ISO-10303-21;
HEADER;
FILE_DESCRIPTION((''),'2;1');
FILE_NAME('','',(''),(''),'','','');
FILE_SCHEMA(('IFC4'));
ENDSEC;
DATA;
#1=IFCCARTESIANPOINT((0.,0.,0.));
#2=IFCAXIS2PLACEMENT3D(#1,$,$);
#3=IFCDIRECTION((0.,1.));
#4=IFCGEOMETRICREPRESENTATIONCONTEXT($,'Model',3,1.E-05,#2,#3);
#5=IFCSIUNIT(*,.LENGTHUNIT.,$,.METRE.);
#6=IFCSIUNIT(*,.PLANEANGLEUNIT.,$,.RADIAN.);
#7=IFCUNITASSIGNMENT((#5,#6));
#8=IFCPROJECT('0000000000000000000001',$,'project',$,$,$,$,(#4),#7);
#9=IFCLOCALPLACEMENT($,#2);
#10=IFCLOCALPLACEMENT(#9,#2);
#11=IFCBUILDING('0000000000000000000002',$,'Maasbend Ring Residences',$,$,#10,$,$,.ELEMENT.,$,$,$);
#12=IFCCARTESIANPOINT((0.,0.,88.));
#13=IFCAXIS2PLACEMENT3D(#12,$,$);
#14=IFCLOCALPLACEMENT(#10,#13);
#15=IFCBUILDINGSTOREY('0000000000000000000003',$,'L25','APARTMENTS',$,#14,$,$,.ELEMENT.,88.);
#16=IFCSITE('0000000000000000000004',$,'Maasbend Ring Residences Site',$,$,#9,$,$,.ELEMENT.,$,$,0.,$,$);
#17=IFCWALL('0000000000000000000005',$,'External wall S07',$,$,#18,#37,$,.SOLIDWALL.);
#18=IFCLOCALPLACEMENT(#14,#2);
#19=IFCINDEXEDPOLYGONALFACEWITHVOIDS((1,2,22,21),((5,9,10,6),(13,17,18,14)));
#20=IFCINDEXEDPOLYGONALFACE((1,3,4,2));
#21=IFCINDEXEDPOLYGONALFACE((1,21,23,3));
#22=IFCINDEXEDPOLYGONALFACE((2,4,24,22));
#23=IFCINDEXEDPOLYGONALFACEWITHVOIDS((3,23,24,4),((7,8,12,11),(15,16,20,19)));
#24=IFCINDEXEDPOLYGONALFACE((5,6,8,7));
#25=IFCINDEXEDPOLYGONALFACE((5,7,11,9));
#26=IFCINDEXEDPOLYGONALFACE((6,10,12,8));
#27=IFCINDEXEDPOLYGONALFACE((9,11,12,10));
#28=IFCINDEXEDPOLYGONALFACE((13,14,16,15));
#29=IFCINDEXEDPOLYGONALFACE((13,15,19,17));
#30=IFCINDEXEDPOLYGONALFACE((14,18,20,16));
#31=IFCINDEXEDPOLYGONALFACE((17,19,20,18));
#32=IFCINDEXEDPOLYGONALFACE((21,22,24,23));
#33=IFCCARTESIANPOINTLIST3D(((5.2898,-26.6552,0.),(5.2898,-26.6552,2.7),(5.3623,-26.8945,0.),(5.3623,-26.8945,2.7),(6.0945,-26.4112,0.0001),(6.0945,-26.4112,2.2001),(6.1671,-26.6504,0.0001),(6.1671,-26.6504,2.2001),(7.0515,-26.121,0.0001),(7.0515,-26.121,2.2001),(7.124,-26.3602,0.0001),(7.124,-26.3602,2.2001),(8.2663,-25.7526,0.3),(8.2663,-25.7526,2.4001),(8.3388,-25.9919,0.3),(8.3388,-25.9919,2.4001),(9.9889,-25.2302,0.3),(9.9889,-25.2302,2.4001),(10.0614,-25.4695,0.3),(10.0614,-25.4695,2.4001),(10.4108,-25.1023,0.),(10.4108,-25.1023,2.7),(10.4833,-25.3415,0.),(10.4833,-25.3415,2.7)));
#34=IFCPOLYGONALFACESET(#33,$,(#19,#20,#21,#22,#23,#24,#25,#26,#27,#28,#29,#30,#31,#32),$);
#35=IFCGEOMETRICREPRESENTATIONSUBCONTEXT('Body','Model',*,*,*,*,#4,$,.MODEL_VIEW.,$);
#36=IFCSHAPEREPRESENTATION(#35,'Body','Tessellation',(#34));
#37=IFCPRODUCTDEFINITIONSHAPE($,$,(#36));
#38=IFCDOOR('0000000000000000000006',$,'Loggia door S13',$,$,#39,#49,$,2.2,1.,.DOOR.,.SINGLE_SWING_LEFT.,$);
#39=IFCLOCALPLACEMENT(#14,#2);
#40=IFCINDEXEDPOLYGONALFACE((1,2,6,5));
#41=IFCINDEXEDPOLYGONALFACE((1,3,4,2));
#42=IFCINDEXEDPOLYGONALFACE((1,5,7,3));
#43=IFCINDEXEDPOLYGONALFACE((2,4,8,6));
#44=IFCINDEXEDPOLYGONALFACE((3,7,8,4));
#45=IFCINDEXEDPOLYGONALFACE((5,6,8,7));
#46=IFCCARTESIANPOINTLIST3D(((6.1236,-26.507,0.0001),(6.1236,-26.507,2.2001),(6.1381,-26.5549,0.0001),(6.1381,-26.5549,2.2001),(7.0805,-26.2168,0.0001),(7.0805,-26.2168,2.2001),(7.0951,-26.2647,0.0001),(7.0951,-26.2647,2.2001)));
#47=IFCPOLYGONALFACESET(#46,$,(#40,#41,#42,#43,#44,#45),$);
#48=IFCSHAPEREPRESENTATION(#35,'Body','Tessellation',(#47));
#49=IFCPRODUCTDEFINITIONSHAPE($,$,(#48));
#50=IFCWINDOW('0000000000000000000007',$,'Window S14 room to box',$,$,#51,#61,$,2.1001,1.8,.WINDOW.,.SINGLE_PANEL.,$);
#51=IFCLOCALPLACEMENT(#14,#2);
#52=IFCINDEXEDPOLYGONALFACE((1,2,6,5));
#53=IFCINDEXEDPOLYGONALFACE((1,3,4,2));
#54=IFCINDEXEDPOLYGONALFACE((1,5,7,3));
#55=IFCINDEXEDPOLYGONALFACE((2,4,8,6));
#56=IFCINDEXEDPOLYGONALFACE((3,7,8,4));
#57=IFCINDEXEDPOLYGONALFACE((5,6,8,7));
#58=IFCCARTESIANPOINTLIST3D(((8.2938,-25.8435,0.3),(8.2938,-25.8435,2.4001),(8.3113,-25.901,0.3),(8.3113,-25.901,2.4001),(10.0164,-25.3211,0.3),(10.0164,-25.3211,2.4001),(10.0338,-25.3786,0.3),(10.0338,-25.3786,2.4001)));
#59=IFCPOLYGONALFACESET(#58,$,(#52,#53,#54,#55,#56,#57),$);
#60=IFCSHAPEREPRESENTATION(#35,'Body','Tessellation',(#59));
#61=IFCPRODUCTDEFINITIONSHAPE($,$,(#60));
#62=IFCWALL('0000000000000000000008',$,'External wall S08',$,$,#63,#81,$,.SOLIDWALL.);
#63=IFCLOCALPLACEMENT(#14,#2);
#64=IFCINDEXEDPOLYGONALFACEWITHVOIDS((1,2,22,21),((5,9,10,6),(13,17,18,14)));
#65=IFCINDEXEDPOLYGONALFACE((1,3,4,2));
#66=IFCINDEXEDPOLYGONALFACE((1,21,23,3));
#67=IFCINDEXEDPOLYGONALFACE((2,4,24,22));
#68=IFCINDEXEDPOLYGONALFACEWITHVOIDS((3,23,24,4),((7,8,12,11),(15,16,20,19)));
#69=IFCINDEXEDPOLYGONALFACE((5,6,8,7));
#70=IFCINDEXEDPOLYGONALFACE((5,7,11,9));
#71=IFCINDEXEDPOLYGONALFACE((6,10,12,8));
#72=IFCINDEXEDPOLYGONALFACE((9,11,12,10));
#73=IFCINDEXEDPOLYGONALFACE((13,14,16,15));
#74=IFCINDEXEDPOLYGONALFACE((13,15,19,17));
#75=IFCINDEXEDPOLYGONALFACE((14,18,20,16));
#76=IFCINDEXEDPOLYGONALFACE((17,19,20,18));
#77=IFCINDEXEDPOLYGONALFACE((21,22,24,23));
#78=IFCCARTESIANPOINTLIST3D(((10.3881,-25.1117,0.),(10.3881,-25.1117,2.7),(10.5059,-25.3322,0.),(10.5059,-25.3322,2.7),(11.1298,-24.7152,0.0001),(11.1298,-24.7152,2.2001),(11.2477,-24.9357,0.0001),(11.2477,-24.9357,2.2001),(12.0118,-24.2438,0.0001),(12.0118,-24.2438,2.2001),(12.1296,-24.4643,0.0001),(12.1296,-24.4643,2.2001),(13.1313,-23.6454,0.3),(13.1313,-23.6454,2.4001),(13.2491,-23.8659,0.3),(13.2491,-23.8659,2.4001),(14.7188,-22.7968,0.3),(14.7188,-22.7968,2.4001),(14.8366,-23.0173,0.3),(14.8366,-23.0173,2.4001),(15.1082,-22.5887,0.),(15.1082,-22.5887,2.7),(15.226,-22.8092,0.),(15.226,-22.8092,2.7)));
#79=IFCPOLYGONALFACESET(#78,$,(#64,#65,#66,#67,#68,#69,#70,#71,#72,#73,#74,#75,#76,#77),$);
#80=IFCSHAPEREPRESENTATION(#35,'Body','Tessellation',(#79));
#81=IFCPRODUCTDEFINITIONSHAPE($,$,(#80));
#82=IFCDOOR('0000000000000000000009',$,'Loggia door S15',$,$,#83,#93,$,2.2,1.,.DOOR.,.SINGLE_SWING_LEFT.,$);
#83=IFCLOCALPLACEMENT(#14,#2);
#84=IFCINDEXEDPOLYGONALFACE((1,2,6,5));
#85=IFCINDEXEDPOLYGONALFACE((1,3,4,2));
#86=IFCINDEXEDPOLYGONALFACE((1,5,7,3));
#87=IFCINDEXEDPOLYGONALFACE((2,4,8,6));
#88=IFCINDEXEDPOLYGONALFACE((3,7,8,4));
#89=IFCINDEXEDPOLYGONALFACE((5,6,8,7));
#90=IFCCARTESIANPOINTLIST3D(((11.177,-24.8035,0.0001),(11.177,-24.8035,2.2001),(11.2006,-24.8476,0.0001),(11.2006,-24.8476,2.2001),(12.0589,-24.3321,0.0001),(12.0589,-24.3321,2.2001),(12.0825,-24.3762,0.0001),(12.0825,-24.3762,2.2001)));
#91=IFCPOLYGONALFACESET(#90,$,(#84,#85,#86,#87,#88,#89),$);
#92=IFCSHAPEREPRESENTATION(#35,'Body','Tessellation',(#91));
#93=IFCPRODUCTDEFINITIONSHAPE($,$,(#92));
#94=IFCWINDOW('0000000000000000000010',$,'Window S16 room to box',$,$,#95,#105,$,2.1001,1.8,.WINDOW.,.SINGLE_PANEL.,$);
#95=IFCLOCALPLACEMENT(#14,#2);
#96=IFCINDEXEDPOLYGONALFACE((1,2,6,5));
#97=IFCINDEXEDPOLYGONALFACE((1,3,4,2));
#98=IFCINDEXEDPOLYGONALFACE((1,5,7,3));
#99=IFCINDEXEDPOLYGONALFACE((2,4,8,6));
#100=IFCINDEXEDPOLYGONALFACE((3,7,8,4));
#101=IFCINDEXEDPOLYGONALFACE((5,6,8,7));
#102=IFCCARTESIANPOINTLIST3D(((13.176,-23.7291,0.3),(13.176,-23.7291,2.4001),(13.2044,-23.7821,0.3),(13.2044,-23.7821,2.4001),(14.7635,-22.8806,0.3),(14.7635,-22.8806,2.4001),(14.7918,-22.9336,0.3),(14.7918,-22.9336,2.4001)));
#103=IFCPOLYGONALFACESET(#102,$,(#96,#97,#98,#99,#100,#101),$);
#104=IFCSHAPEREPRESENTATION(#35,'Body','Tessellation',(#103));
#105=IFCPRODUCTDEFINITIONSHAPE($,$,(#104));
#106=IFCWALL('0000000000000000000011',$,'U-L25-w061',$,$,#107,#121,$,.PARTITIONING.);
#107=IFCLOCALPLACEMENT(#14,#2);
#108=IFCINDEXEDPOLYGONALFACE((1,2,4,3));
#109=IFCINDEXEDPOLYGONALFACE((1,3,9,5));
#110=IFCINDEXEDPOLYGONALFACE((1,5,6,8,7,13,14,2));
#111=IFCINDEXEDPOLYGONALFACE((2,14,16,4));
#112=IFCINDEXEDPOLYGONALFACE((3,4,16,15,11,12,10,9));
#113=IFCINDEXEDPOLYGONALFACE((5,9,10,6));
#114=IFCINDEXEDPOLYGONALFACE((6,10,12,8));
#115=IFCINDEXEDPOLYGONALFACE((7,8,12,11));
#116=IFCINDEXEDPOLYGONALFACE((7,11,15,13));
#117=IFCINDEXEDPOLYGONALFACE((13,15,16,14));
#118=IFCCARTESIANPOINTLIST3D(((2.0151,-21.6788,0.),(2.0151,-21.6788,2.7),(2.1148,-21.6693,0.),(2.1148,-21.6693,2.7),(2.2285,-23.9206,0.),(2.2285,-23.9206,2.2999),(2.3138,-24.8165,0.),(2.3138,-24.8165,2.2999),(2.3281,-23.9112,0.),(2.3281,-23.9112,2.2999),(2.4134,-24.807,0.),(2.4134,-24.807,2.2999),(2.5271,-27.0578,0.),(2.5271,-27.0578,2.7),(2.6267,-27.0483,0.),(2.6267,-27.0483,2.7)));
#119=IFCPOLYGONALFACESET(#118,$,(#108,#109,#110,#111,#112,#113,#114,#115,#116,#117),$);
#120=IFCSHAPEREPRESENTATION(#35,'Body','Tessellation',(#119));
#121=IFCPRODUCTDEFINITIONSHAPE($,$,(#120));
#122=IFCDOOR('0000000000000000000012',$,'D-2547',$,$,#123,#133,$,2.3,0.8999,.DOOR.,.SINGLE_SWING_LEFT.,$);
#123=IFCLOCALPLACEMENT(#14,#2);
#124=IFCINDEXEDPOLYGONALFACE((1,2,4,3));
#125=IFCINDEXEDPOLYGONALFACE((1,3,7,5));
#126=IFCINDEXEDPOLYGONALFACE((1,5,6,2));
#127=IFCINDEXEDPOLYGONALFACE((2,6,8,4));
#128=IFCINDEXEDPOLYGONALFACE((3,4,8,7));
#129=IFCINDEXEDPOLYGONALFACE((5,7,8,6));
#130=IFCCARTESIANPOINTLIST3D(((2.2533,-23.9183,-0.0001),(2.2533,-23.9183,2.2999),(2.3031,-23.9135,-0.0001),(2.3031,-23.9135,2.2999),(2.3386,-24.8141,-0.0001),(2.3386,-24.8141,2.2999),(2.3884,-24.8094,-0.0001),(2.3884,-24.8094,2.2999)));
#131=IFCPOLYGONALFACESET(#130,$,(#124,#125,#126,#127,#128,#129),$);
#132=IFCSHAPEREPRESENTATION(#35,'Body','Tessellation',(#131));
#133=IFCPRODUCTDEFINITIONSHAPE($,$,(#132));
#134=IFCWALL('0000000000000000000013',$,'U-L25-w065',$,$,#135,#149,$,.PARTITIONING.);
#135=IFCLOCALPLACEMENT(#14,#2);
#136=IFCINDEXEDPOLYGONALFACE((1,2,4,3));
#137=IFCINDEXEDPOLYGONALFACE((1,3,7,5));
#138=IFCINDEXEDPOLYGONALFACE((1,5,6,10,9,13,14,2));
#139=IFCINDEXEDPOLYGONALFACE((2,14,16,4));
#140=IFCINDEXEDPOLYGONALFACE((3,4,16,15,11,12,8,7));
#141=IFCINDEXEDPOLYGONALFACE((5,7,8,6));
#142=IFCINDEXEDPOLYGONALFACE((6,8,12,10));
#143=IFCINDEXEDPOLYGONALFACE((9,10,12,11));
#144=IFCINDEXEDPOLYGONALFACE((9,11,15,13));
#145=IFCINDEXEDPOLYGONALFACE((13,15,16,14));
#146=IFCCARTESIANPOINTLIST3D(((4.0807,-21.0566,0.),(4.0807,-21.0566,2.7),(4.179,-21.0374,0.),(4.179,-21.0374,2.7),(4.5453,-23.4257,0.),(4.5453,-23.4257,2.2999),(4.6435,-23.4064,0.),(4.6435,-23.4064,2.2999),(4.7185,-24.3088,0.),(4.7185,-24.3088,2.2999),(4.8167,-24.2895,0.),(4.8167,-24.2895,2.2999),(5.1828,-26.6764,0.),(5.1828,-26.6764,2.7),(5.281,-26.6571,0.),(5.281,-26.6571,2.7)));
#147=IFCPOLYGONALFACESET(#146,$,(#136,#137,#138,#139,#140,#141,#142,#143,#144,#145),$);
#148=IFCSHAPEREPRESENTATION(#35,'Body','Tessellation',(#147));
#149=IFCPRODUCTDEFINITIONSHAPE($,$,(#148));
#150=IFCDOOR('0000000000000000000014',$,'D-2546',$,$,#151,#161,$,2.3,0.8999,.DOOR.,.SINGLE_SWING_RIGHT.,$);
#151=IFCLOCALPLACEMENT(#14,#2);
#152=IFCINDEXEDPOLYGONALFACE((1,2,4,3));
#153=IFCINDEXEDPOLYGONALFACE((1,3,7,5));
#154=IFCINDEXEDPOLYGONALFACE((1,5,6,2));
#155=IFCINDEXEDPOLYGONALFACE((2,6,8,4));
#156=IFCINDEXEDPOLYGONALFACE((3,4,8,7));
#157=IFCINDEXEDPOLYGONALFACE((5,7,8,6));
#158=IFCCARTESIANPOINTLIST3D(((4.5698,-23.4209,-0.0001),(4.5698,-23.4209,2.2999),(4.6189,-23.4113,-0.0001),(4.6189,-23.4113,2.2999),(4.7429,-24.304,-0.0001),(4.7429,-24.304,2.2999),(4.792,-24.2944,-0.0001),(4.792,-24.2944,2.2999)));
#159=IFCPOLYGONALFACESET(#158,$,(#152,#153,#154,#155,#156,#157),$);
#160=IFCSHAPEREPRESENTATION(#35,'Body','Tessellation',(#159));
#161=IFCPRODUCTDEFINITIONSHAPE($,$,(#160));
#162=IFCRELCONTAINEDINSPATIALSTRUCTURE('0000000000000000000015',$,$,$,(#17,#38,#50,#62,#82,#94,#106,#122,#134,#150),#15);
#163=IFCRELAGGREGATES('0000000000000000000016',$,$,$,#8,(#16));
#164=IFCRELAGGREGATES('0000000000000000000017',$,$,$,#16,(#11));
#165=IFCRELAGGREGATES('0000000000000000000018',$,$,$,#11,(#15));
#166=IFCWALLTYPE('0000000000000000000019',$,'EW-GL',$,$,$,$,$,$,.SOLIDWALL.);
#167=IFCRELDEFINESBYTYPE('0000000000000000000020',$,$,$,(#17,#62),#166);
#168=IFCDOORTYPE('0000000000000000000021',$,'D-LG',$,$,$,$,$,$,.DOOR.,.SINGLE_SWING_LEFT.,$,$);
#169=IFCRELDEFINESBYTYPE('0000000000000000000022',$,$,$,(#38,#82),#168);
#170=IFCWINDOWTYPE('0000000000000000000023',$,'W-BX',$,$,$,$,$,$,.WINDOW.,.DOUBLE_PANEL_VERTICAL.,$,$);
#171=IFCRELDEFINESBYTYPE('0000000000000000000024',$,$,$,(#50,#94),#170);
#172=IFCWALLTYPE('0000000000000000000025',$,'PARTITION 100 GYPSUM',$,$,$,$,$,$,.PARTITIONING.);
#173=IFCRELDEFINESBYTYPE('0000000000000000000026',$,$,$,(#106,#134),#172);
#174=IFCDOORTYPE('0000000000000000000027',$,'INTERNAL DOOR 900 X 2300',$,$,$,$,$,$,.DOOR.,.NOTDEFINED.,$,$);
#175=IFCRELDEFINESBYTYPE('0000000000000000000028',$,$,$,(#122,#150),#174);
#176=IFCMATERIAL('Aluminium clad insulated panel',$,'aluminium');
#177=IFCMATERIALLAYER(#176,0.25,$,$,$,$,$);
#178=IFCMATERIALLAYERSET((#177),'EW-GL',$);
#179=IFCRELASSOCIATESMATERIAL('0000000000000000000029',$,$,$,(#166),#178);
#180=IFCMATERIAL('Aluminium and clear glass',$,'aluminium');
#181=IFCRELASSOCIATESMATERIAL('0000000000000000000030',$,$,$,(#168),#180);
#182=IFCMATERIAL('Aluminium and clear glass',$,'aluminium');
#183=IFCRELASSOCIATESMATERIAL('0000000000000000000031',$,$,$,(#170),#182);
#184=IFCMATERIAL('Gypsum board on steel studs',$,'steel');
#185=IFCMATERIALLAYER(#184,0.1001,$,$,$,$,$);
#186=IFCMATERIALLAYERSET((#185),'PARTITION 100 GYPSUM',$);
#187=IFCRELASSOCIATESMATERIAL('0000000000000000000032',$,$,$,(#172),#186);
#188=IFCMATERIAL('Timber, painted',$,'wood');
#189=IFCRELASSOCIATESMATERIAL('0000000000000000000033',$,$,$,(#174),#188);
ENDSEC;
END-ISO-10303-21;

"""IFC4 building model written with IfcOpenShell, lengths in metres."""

from ifc_helpers import new_model, si_unit, direction, frame, frame_2d, origin, place, context, subcontext, project, spatial, rectangle, extrude, material, layer, layer_set, type_object, element, fill, save


model = new_model("IFC4")

# Units and contexts
model_context = context("Model", 3, precision=1e-05, world=origin(), true_north=direction((0.0, 1.0)))
body_context = subcontext(model_context, "Body", "Model", "MODEL_VIEW")
ifc_project = project(units=[si_unit("LENGTHUNIT", "METRE"), si_unit("PLANEANGLEUNIT", "RADIAN")], contexts=[model_context])

# Site, building, storey
site_placement = place(None, origin())
site = spatial("IfcSite", under=ifc_project, at=site_placement, Name="Maasbend Ring Residences Site", CompositionType="ELEMENT", RefElevation=0.0)
building_placement = place(site_placement, origin())
building = spatial("IfcBuilding", under=site, at=building_placement, Name="Maasbend Ring Residences", CompositionType="ELEMENT")
storey_placement = place(building_placement, frame((0.0, 0.0, 88.0)))
storey = spatial("IfcBuildingStorey", under=building, at=storey_placement, Name="L25", Description="APARTMENTS", CompositionType="ELEMENT", Elevation=88.0)

# Walls, openings, doors, windows
ifc_material_1 = material(Name="Aluminium clad insulated panel", Category="aluminium")
ifc_layer_1 = layer(ifc_material_1, 0.25)
ifc_layer_set_1 = layer_set([ifc_layer_1], Name="EW-GL")
wall_type_1 = type_object("IfcWallType", Name="EW-GL", PredefinedType="SOLIDWALL", material=ifc_layer_set_1)
wall_1_placement = place(storey_placement, frame((5.3259, -26.7749, 0.0), z_axis=(0.0, 0.0, 1.0), x_axis=(0.956966, 0.290201, 0.0)))
wall_1 = element("IfcWall", 1, at=wall_1_placement, inside=storey, type_object=wall_type_1, Name="External wall S07", PredefinedType="SOLIDWALL", context=body_context, shape_type="SweptSolid", body=[
    extrude(rectangle(XDim=5.3513, YDim=0.25, at=frame_2d((2.6758, 0.0))), origin(), (0.0, 0.0, 1.0), 2.7),
])
opening_1_placement = place(wall_1_placement, frame((0.8411, 0.0, 0.0)))
opening_1 = element("IfcOpeningElement", 2, at=opening_1_placement, cuts=wall_1, PredefinedType="OPENING", context=body_context, shape_type="SweptSolid", body=[
    extrude(rectangle(XDim=1.0, YDim=2.2, at=frame_2d((0.5, 1.1001))), frame((0.0, 0.135, 0.0), z_axis=(0.0, -1.0, 0.0), x_axis=(1.0, 0.0, 0.0)), (0.0, 0.0, 1.0), 0.27),
])
opening_2_placement = place(wall_1_placement, frame((3.1106, 0.0, 0.3)))
opening_2 = element("IfcOpeningElement", 3, at=opening_2_placement, cuts=wall_1, PredefinedType="OPENING", context=body_context, shape_type="SweptSolid", body=[
    extrude(rectangle(XDim=1.8, YDim=2.1001, at=frame_2d((0.8999, 1.05))), frame((0.0, 0.135, 0.0), z_axis=(0.0, -1.0, 0.0), x_axis=(1.0, 0.0, 0.0)), (0.0, 0.0, 1.0), 0.27),
])
ifc_material_2 = material(Name="Aluminium and clear glass", Category="aluminium")
door_type_1 = type_object("IfcDoorType", Name="D-LG", OperationType="SINGLE_SWING_LEFT", PredefinedType="DOOR", material=ifc_material_2)
door_1_placement = place(opening_1_placement, origin())
door_1 = element("IfcDoor", 4, at=door_1_placement, inside=storey, type_object=door_type_1, Name="Loggia door S13", OperationType="SINGLE_SWING_LEFT", OverallHeight=2.2, OverallWidth=1.0, PredefinedType="DOOR", context=body_context, shape_type="SweptSolid", body=[
    extrude(rectangle(XDim=1.0, YDim=2.2, at=frame_2d((0.5, 1.1001))), frame((0.0, 0.0249, 0.0), z_axis=(0.0, -1.0, 0.0), x_axis=(1.0, 0.0, 0.0)), (0.0, 0.0, 1.0), 0.05),
])
fill(opening_1, door_1)
ifc_material_3 = material(Name="Aluminium and clear glass", Category="aluminium")
window_type_1 = type_object("IfcWindowType", Name="W-BX", PartitioningType="DOUBLE_PANEL_VERTICAL", PredefinedType="WINDOW", material=ifc_material_3)
window_1_placement = place(opening_2_placement, origin())
window_1 = element("IfcWindow", 5, at=window_1_placement, inside=storey, type_object=window_type_1, Name="Window S14 room to box", OverallHeight=2.1001, OverallWidth=1.8, PartitioningType="SINGLE_PANEL", PredefinedType="WINDOW", context=body_context, shape_type="SweptSolid", body=[
    extrude(rectangle(XDim=1.8, YDim=2.1001, at=frame_2d((0.8999, 1.05))), frame((0.0, 0.03, 0.0), z_axis=(0.0, -1.0, 0.0), x_axis=(1.0, 0.0, 0.0)), (0.0, 0.0, 1.0), 0.0601),
])
fill(opening_2, window_1)
wall_2_placement = place(storey_placement, frame((10.447, -25.2219, 0.0), z_axis=(0.0, 0.0, 1.0), x_axis=(0.881916, 0.471407, 0.0)))
wall_2 = element("IfcWall", 6, at=wall_2_placement, inside=storey, type_object=wall_type_1, Name="External wall S08", PredefinedType="SOLIDWALL", context=body_context, shape_type="SweptSolid", body=[
    extrude(rectangle(XDim=5.3521, YDim=0.25, at=frame_2d((2.676, 0.0))), origin(), (0.0, 0.0, 1.0), 2.7),
])
opening_3_placement = place(wall_2_placement, frame((0.8411, 0.0, 0.0)))
opening_3 = element("IfcOpeningElement", 7, at=opening_3_placement, cuts=wall_2, PredefinedType="OPENING", context=body_context, shape_type="SweptSolid", body=[
    extrude(rectangle(XDim=1.0, YDim=2.2, at=frame_2d((0.5, 1.1001))), frame((0.0, 0.135, 0.0), z_axis=(0.0, -1.0, 0.0), x_axis=(1.0, 0.0, 0.0)), (0.0, 0.0, 1.0), 0.27),
])
opening_4_placement = place(wall_2_placement, frame((3.1106, 0.0, 0.3)))
opening_4 = element("IfcOpeningElement", 8, at=opening_4_placement, cuts=wall_2, PredefinedType="OPENING", context=body_context, shape_type="SweptSolid", body=[
    extrude(rectangle(XDim=1.8, YDim=2.1001, at=frame_2d((0.8999, 1.05))), frame((0.0, 0.135, 0.0), z_axis=(0.0, -1.0, 0.0), x_axis=(1.0, 0.0, 0.0)), (0.0, 0.0, 1.0), 0.27),
])
door_2_placement = place(opening_3_placement, origin())
door_2 = element("IfcDoor", 9, at=door_2_placement, inside=storey, type_object=door_type_1, Name="Loggia door S15", OperationType="SINGLE_SWING_LEFT", OverallHeight=2.2, OverallWidth=1.0, PredefinedType="DOOR", context=body_context, shape_type="SweptSolid", body=[
    extrude(rectangle(XDim=1.0, YDim=2.2, at=frame_2d((0.5, 1.1001))), frame((0.0, 0.0249, 0.0), z_axis=(0.0, -1.0, 0.0), x_axis=(1.0, 0.0, 0.0)), (0.0, 0.0, 1.0), 0.05),
])
fill(opening_3, door_2)
window_2_placement = place(opening_4_placement, origin())
window_2 = element("IfcWindow", 10, at=window_2_placement, inside=storey, type_object=window_type_1, Name="Window S16 room to box", OverallHeight=2.1001, OverallWidth=1.8, PartitioningType="SINGLE_PANEL", PredefinedType="WINDOW", context=body_context, shape_type="SweptSolid", body=[
    extrude(rectangle(XDim=1.8, YDim=2.1001, at=frame_2d((0.8999, 1.05))), frame((0.0, 0.03, 0.0), z_axis=(0.0, -1.0, 0.0), x_axis=(1.0, 0.0, 0.0)), (0.0, 0.0, 1.0), 0.0601),
])
fill(opening_4, window_2)

# Walls, openings, doors
ifc_material_4 = material(Name="Gypsum board on steel studs", Category="steel")
ifc_layer_2 = layer(ifc_material_4, 0.1001)
ifc_layer_set_2 = layer_set([ifc_layer_2], Name="PARTITION 100 GYPSUM")
wall_type_2 = type_object("IfcWallType", Name="PARTITION 100 GYPSUM", PredefinedType="PARTITIONING", material=ifc_layer_set_2)
wall_3_placement = place(storey_placement, frame((2.0649, -21.6741, 0.0), z_axis=(0.0, 0.0, 1.0), x_axis=(0.094752, -0.995501, 0.0)))
wall_3 = element("IfcWall", 11, at=wall_3_placement, inside=storey, type_object=wall_type_2, Name="U-L25-w061", PredefinedType="PARTITIONING", context=body_context, shape_type="SweptSolid", body=[
    extrude(rectangle(XDim=5.4033, YDim=0.1001, at=frame_2d((2.7017, 0.0))), origin(), (0.0, 0.0, 1.0), 2.7),
])
opening_5_placement = place(wall_3_placement, frame((2.252, 0.0, 0.0)))
opening_5 = element("IfcOpeningElement", 12, at=opening_5_placement, cuts=wall_3, PredefinedType="OPENING", context=body_context, shape_type="SweptSolid", body=[
    extrude(rectangle(XDim=0.8999, YDim=2.3, at=frame_2d((0.45, 1.1499))), frame((0.0, 0.0601, 0.0), z_axis=(0.0, -1.0, 0.0), x_axis=(1.0, 0.0, 0.0)), (0.0, 0.0, 1.0), 0.1201),
])
ifc_material_5 = material(Name="Timber, painted", Category="wood")
door_type_2 = type_object("IfcDoorType", Name="INTERNAL DOOR 900 X 2300", OperationType="NOTDEFINED", PredefinedType="DOOR", material=ifc_material_5)
door_3_placement = place(opening_5_placement, origin())
door_3 = element("IfcDoor", 13, at=door_3_placement, inside=storey, type_object=door_type_2, Name="D-2547", OperationType="SINGLE_SWING_LEFT", OverallHeight=2.3, OverallWidth=0.8999, PredefinedType="DOOR", context=body_context, shape_type="SweptSolid", body=[
    extrude(rectangle(XDim=0.8999, YDim=2.3, at=frame_2d((0.45, 1.1499))), frame((0.0, 0.0249, 0.0), z_axis=(0.0, -1.0, 0.0), x_axis=(1.0, 0.0, 0.0)), (0.0, 0.0, 1.0), 0.05),
])
fill(opening_5, door_3)
wall_4_placement = place(storey_placement, frame((4.1299, -21.0471, 0.0), z_axis=(0.0, 0.0, 1.0), x_axis=(0.192434, -0.98131, 0.0)))
wall_4 = element("IfcWall", 14, at=wall_4_placement, inside=storey, type_object=wall_type_2, Name="U-L25-w065", PredefinedType="PARTITIONING", context=body_context, shape_type="SweptSolid", body=[
    extrude(rectangle(XDim=5.7268, YDim=0.1001, at=frame_2d((2.8633, 0.0))), origin(), (0.0, 0.0, 1.0), 2.7),
])
opening_6_placement = place(wall_4_placement, frame((2.4141, 0.0, 0.0)))
opening_6 = element("IfcOpeningElement", 15, at=opening_6_placement, cuts=wall_4, PredefinedType="OPENING", context=body_context, shape_type="SweptSolid", body=[
    extrude(rectangle(XDim=0.8999, YDim=2.3, at=frame_2d((0.45, 1.1499))), frame((0.0, 0.0601, 0.0), z_axis=(0.0, -1.0, 0.0), x_axis=(1.0, 0.0, 0.0)), (0.0, 0.0, 1.0), 0.1201),
])
door_4_placement = place(opening_6_placement, origin())
door_4 = element("IfcDoor", 16, at=door_4_placement, inside=storey, type_object=door_type_2, Name="D-2546", OperationType="SINGLE_SWING_RIGHT", OverallHeight=2.3, OverallWidth=0.8999, PredefinedType="DOOR", context=body_context, shape_type="SweptSolid", body=[
    extrude(rectangle(XDim=0.8999, YDim=2.3, at=frame_2d((0.45, 1.1499))), frame((0.0, 0.0249, 0.0), z_axis=(0.0, -1.0, 0.0), x_axis=(1.0, 0.0, 0.0)), (0.0, 0.0, 1.0), 0.05),
])
fill(opening_6, door_4)

save(model, "model.ifc")
